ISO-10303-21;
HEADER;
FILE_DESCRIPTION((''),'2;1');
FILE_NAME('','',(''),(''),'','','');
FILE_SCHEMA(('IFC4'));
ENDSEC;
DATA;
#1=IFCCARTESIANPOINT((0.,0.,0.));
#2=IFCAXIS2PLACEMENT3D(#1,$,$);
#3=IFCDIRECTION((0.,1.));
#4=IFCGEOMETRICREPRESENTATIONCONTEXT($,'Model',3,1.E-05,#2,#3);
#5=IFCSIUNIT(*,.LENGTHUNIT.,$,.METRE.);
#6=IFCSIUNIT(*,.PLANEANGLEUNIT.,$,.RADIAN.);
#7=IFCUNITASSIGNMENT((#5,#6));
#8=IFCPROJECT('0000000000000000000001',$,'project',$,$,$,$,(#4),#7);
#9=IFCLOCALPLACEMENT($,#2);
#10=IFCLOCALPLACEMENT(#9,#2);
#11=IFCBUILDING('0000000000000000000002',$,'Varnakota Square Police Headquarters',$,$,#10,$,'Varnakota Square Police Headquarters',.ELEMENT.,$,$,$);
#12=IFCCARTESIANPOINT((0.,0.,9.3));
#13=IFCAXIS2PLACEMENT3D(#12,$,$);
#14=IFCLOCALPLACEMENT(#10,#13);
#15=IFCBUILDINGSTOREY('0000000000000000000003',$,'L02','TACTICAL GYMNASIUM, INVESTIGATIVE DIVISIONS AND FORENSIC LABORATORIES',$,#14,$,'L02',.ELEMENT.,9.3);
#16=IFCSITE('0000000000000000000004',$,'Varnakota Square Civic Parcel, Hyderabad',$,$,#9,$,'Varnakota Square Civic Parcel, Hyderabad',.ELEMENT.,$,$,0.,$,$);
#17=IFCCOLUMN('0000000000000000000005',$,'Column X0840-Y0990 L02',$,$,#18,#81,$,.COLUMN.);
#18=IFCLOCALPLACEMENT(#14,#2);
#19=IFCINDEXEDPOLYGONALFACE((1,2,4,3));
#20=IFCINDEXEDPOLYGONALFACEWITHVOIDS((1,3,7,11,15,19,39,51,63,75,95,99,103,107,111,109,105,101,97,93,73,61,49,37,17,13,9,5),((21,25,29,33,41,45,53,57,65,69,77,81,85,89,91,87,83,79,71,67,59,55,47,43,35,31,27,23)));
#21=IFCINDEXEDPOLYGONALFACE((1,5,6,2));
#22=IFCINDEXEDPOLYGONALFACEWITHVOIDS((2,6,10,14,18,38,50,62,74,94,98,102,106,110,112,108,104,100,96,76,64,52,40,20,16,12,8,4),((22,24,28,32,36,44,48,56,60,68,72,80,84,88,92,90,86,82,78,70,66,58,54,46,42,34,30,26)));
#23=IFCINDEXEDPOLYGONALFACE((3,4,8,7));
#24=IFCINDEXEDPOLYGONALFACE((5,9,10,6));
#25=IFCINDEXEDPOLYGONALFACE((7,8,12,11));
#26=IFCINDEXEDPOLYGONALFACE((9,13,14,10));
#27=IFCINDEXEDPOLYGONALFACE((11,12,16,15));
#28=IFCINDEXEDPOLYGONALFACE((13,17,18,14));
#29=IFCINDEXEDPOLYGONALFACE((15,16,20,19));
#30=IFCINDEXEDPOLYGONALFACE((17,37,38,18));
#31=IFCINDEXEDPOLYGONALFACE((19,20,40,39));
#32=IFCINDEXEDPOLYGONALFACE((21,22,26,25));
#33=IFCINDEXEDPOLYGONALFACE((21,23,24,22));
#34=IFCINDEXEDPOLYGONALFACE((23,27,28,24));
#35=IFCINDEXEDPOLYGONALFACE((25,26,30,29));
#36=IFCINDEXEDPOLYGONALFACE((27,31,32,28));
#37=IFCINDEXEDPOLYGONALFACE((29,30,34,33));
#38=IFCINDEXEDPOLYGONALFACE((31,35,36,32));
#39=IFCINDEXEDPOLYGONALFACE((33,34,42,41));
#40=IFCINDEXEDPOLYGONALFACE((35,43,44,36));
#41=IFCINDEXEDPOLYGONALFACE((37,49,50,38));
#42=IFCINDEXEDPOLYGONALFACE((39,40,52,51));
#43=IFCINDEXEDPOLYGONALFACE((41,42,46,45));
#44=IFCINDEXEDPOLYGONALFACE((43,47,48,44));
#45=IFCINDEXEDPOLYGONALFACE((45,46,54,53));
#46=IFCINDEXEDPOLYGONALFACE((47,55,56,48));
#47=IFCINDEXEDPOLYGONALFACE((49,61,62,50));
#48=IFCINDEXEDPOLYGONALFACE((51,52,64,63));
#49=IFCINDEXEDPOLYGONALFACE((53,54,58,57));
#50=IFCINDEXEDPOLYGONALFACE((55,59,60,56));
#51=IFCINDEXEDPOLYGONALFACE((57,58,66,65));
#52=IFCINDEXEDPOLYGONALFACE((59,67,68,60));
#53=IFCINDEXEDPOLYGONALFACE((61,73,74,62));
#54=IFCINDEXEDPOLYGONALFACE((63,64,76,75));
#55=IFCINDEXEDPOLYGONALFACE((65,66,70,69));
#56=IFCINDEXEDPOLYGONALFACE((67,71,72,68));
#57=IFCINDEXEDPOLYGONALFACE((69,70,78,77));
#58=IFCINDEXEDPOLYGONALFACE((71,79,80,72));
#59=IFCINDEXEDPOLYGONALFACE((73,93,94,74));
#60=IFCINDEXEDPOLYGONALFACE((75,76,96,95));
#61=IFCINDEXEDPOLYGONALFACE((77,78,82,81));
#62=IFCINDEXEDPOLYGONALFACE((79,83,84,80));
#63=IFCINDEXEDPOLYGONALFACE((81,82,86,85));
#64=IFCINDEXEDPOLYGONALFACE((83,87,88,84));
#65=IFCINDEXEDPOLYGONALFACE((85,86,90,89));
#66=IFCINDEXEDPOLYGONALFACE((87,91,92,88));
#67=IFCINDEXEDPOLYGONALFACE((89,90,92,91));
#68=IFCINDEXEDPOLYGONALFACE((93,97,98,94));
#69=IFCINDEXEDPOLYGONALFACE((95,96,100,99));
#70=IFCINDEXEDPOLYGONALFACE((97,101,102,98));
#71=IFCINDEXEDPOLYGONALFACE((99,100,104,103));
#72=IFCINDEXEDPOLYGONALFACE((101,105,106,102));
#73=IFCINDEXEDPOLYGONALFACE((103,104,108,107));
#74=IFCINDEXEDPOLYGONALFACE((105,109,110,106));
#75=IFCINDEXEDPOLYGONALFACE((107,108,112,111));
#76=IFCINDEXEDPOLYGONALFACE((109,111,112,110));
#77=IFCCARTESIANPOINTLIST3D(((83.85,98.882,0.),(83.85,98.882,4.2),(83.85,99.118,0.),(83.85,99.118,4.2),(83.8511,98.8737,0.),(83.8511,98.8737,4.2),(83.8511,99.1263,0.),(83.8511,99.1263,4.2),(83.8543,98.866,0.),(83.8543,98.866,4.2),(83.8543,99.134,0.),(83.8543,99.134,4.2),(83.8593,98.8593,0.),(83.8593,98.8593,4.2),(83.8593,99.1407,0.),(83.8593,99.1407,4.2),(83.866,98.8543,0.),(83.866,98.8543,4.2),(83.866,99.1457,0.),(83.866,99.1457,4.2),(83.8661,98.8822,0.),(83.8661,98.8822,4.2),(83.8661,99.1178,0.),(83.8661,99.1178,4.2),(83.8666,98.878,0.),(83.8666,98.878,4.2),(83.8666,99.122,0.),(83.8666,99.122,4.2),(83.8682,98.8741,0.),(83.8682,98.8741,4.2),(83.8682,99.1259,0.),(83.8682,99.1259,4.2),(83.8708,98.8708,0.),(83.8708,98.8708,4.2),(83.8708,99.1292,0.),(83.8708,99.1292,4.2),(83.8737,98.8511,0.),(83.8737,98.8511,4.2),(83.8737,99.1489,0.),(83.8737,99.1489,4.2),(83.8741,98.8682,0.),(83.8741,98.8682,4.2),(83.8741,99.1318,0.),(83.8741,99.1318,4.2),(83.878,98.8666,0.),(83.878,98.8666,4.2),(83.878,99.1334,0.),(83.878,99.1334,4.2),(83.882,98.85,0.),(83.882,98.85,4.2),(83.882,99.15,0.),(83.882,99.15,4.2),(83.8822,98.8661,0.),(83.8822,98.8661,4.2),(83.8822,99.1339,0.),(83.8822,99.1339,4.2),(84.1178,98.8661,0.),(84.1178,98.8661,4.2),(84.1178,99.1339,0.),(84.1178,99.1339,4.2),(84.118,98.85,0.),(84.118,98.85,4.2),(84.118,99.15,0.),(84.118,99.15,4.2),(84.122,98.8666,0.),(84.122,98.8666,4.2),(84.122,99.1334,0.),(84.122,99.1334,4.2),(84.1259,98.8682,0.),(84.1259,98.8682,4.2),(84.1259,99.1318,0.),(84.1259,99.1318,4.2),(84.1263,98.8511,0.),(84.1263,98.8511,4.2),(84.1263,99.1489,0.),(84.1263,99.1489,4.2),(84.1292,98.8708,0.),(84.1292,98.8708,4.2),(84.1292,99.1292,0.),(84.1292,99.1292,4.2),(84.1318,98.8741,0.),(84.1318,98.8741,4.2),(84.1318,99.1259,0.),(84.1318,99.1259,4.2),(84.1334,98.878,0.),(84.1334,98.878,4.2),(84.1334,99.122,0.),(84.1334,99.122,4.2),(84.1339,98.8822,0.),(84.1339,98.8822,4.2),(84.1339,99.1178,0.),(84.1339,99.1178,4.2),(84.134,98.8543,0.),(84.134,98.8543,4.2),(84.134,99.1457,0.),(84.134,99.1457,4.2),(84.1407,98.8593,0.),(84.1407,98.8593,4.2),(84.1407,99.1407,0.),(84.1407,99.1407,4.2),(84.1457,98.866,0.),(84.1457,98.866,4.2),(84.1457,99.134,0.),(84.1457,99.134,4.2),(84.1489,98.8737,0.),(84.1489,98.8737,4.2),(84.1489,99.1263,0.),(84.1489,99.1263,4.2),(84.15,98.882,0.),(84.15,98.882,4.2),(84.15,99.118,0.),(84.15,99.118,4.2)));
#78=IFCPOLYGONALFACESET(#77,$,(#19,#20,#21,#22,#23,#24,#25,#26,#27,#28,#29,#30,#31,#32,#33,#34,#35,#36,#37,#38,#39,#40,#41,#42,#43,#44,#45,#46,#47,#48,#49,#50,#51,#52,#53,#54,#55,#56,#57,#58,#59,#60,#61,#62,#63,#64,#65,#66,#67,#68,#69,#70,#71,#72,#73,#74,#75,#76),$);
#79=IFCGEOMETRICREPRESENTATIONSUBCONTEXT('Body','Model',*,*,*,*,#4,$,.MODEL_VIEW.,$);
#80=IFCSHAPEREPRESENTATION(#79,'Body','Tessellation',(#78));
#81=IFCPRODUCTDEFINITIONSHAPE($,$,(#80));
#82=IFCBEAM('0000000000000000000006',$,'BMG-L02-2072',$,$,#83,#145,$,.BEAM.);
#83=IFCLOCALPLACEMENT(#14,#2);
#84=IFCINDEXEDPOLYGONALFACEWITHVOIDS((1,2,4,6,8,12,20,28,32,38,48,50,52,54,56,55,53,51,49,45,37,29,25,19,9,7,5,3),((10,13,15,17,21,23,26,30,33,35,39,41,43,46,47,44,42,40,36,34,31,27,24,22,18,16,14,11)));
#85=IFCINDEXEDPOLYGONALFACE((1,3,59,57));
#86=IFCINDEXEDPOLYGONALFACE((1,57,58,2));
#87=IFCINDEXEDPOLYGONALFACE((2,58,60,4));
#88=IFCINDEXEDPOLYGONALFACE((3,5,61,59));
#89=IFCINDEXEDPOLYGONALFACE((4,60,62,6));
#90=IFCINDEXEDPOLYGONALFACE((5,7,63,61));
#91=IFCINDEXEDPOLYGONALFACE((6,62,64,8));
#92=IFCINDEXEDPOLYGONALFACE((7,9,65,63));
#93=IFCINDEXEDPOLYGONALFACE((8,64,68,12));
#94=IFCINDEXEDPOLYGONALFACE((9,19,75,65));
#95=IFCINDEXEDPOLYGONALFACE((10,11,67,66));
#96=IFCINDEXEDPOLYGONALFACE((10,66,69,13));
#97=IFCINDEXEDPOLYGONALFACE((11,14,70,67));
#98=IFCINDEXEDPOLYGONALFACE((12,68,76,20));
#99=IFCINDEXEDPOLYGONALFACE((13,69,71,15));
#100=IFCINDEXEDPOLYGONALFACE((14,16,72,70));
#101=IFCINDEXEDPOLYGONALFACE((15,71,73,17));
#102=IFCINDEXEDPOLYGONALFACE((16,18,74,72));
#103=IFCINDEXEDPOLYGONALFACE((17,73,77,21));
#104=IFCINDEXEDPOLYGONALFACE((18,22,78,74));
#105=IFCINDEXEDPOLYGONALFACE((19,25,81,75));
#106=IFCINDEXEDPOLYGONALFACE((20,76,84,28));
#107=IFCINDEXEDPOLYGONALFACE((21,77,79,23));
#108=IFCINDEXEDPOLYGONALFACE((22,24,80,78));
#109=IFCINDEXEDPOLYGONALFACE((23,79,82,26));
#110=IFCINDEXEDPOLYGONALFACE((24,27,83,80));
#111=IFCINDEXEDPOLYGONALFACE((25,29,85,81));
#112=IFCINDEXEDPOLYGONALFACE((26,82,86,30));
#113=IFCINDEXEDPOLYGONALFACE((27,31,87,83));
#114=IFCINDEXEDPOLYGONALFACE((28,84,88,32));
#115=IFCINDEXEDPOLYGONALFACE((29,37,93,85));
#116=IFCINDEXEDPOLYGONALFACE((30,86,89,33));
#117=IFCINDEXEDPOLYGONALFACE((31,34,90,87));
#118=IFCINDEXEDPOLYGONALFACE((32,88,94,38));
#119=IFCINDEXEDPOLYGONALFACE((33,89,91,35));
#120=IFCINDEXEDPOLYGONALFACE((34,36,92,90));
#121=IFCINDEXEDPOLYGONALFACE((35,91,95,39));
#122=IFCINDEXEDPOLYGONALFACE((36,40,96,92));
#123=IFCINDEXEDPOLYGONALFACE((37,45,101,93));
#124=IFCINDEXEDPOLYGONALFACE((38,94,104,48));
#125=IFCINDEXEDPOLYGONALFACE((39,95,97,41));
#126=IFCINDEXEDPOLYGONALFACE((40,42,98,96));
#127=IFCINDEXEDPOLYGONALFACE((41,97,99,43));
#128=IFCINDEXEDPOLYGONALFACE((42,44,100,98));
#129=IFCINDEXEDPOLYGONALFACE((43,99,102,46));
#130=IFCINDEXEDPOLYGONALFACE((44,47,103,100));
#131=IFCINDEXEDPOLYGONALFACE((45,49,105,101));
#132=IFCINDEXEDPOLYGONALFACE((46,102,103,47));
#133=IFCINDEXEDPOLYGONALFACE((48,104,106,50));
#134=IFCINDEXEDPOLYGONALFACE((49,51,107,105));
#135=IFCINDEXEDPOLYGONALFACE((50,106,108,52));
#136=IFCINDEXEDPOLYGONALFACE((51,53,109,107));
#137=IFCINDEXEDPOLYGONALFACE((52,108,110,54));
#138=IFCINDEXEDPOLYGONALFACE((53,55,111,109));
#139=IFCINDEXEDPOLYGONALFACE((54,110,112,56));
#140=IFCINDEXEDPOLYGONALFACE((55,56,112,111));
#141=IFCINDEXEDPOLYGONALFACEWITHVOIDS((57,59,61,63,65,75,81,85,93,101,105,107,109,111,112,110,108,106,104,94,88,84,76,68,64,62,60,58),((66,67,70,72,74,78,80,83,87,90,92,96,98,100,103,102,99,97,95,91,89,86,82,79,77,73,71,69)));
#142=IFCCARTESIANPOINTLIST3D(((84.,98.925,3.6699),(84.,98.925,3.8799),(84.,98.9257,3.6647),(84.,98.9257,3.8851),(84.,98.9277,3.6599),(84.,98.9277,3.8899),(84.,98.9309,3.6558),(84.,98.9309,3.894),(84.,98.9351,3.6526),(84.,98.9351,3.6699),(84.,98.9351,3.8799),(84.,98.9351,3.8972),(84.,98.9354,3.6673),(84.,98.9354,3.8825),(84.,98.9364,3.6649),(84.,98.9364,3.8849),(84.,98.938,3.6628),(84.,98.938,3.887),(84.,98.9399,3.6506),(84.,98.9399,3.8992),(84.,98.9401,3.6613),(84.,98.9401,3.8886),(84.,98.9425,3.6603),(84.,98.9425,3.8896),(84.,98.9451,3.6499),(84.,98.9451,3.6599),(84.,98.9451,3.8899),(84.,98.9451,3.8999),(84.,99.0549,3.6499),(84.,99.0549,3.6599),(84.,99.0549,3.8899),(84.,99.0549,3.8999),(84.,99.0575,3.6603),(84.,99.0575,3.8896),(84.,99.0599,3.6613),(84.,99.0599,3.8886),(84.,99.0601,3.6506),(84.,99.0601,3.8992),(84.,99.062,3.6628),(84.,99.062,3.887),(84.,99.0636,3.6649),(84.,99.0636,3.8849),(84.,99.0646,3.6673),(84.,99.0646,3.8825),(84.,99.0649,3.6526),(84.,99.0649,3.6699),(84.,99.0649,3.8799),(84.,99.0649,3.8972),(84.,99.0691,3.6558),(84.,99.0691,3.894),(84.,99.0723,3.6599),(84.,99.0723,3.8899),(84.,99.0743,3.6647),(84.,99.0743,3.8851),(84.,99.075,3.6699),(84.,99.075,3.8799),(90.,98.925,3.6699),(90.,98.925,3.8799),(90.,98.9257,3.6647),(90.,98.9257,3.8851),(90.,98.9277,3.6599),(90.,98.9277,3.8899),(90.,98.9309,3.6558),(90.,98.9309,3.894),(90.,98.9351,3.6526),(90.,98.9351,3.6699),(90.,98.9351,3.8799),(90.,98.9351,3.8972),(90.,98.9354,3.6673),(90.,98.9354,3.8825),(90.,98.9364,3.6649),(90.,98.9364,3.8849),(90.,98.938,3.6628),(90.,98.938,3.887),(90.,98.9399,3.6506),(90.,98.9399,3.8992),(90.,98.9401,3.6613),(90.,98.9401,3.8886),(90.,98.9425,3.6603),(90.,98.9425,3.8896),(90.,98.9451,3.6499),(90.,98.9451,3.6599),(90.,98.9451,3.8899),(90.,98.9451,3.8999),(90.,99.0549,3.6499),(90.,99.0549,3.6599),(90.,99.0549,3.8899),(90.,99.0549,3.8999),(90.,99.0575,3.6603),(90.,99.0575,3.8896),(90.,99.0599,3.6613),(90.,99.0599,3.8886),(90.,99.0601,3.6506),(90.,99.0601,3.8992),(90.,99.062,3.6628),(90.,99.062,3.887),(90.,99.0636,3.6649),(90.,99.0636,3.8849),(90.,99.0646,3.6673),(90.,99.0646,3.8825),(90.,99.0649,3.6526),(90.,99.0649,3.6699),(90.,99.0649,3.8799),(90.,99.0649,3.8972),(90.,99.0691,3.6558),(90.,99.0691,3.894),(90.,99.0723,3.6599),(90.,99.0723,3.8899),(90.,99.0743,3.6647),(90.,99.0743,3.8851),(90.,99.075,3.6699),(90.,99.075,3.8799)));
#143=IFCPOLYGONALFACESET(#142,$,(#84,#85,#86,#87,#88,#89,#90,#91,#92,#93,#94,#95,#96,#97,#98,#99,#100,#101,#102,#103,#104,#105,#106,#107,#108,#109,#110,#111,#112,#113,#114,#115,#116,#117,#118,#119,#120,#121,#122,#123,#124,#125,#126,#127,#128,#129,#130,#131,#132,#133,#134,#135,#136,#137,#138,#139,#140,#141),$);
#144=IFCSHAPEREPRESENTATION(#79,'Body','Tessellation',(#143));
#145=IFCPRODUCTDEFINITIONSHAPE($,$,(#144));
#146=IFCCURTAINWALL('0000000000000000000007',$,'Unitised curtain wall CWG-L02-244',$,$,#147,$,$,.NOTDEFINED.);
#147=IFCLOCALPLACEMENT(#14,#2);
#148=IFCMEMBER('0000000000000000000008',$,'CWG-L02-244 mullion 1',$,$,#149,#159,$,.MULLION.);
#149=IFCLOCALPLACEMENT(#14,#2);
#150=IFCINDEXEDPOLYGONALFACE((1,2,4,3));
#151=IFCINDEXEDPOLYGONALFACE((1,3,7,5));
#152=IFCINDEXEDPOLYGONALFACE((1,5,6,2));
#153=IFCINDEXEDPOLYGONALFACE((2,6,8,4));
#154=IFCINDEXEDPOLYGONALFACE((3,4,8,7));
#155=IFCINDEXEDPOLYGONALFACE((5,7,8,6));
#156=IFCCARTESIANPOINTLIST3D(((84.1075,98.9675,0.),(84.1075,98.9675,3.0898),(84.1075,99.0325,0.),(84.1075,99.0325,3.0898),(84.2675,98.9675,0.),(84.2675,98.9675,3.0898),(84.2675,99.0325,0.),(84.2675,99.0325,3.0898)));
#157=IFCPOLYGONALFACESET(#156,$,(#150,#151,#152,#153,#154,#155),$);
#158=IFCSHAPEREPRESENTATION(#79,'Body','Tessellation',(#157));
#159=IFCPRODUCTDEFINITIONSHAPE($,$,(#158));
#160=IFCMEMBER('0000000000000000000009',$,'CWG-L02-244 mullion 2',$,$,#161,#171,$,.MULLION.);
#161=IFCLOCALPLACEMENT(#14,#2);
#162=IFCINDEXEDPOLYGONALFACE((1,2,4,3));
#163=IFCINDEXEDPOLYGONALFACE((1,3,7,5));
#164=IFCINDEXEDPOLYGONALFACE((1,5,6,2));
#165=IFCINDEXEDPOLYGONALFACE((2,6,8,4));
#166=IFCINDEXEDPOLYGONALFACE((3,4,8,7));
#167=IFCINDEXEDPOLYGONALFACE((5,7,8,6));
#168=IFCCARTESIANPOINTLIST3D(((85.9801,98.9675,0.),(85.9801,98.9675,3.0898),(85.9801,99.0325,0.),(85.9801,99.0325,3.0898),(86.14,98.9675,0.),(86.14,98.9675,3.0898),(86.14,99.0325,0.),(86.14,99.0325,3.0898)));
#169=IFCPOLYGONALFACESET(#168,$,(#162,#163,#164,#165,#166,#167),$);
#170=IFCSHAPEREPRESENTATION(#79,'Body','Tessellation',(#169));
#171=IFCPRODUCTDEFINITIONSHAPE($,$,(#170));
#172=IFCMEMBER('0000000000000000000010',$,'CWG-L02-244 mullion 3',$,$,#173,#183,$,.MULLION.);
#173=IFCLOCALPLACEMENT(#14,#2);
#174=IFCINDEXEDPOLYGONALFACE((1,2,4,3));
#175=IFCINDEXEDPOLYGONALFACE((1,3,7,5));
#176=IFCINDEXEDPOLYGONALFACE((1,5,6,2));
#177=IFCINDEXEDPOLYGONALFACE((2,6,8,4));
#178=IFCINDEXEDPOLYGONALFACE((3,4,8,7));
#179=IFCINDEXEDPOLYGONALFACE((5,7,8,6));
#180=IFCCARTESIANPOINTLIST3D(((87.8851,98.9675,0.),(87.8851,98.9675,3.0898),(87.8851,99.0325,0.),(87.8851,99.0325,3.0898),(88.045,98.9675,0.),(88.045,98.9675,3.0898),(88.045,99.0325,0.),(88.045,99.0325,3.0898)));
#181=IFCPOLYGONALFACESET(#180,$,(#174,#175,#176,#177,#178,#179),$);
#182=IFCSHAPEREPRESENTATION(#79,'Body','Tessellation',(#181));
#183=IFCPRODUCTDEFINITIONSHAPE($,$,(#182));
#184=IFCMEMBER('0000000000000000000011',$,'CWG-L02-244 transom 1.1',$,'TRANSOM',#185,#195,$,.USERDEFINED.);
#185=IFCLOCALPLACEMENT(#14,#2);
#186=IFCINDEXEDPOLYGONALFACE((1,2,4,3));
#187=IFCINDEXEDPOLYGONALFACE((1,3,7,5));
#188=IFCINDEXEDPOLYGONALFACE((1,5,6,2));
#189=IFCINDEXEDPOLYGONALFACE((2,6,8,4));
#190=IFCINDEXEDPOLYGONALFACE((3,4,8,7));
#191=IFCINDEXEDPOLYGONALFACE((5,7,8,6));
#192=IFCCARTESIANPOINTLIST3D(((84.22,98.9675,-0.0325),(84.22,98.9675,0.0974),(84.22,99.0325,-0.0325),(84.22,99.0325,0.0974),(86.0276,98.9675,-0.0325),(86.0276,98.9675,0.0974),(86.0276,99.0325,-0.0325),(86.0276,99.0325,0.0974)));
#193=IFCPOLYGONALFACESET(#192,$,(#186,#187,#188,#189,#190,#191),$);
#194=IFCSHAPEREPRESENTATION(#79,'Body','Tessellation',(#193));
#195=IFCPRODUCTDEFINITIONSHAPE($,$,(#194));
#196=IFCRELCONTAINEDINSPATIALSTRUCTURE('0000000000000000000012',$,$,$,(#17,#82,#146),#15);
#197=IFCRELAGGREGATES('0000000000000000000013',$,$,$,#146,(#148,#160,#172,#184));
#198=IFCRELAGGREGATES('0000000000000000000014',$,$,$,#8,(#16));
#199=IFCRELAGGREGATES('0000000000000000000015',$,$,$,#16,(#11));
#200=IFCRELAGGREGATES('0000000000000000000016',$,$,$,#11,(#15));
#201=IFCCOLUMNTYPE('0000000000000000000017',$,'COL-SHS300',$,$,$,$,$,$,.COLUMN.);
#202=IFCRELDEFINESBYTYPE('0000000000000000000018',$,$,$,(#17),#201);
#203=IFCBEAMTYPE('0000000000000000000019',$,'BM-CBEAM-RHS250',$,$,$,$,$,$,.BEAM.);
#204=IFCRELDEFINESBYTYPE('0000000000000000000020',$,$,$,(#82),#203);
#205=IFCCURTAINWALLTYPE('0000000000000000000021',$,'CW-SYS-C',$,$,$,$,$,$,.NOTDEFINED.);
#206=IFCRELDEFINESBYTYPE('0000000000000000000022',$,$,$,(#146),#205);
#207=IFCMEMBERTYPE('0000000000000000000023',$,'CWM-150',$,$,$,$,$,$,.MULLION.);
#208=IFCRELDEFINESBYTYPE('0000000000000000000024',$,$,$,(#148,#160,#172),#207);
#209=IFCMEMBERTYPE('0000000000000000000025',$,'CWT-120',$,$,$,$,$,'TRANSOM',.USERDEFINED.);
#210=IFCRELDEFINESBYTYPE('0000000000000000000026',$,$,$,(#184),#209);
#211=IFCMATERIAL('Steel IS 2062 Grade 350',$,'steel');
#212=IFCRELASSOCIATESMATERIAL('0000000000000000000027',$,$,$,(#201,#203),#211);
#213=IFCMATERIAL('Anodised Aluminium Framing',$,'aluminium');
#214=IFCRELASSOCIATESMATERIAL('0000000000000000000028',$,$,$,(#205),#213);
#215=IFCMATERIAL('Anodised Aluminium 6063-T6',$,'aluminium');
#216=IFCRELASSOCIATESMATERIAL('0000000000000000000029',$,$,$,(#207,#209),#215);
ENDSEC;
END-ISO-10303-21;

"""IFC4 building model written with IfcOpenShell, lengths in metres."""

from ifc_helpers import new_model, si_unit, direction, frame, origin, origin_2d, place, context, subcontext, project, spatial, rectangle, hollow_rectangle, extrude, material, material_profile, profile_set, type_object, element, aggregate, save


model = new_model("IFC4")

# Units and contexts
model_context = context("Model", 3, precision=1e-05, world=origin(), true_north=direction((0.0, 1.0)))
body_context = subcontext(model_context, "Body", "Model", "MODEL_VIEW")
ifc_project = project(units=[si_unit("LENGTHUNIT", "METRE"), si_unit("PLANEANGLEUNIT", "RADIAN")], contexts=[model_context])

# Site, building, storey
site_placement = place(None, origin())
site = spatial("IfcSite", under=ifc_project, at=site_placement, Name="Varnakota Square Civic Parcel, Hyderabad", LongName="Varnakota Square Civic Parcel, Hyderabad", CompositionType="ELEMENT", RefElevation=0.0)
building_placement = place(site_placement, origin())
building = spatial("IfcBuilding", under=site, at=building_placement, Name="Varnakota Square Police Headquarters", LongName="Varnakota Square Police Headquarters", CompositionType="ELEMENT")
storey_placement = place(building_placement, frame((0.0, 0.0, 9.3)))
storey = spatial("IfcBuildingStorey", under=building, at=storey_placement, Name="L02", Description="TACTICAL GYMNASIUM, INVESTIGATIVE DIVISIONS AND FORENSIC LABORATORIES", LongName="L02", CompositionType="ELEMENT", Elevation=9.3)

# Column
ifc_material_1 = material(Name="Steel IS 2062 Grade 350", Category="steel")
ifc_material_profile_1 = material_profile(ifc_material_1, hollow_rectangle(XDim=0.3, YDim=0.3, WallThickness=0.0161, InnerFilletRadius=0.0161, OuterFilletRadius=0.032, at=origin_2d()), Name="SHS 300x300x16")
ifc_profile_set_1 = profile_set([ifc_material_profile_1], Name="Steel IS 2062 Grade 350")
column_type = type_object("IfcColumnType", Name="COL-SHS300", PredefinedType="COLUMN", material=ifc_profile_set_1)
column_placement = place(storey_placement, frame((84.0, 99.0, 0.0), z_axis=(0.0, 0.0, 1.0), x_axis=(1.0, 0.0, 0.0)))
element("IfcColumn", 1, at=column_placement, inside=storey, type_object=column_type, Name="Column X0840-Y0990 L02", PredefinedType="COLUMN", context=body_context, shape_type="SweptSolid", body=[
    extrude(hollow_rectangle(XDim=0.3, YDim=0.3, WallThickness=0.0161, InnerFilletRadius=0.0161, OuterFilletRadius=0.032, at=origin_2d()), origin(), (0.0, 0.0, 1.0), 4.2),
])

# Beam
ifc_material_profile_2 = material_profile(ifc_material_1, hollow_rectangle(XDim=0.1499, YDim=0.25, WallThickness=0.01, InnerFilletRadius=0.01, OuterFilletRadius=0.02, at=origin_2d()), Name="RHS 250x150x10")
ifc_profile_set_2 = profile_set([ifc_material_profile_2], Name="Steel IS 2062 Grade 350")
beam_type = type_object("IfcBeamType", Name="BM-CBEAM-RHS250", PredefinedType="BEAM", material=ifc_profile_set_2)
beam_placement = place(storey_placement, frame((84.0, 99.0, 3.7749), z_axis=(1.0, 0.0, 0.0), x_axis=(0.0, 1.0, 0.0)))
element("IfcBeam", 2, at=beam_placement, inside=storey, type_object=beam_type, Name="BMG-L02-2072", PredefinedType="BEAM", context=body_context, shape_type="SweptSolid", body=[
    extrude(hollow_rectangle(XDim=0.1499, YDim=0.25, WallThickness=0.01, InnerFilletRadius=0.01, OuterFilletRadius=0.02, at=origin_2d()), origin(), (0.0, 0.0, 1.0), 6.0),
])

# Curtain wall, members
ifc_material_2 = material(Name="Anodised Aluminium Framing", Category="aluminium")
curtain_wall_type = type_object("IfcCurtainWallType", Name="CW-SYS-C", PredefinedType="NOTDEFINED", material=ifc_material_2)
curtain_wall_placement = place(storey_placement, origin())
curtain_wall = element("IfcCurtainWall", 3, at=curtain_wall_placement, inside=storey, type_object=curtain_wall_type, Name="Unitised curtain wall CWG-L02-244", PredefinedType="NOTDEFINED")
ifc_material_3 = material(Name="Anodised Aluminium 6063-T6", Category="aluminium")
ifc_material_profile_3 = material_profile(ifc_material_3, rectangle(XDim=0.0649, YDim=0.1599, at=origin_2d()), Name="ALU MULLION 65x160")
ifc_profile_set_3 = profile_set([ifc_material_profile_3], Name="Anodised Aluminium 6063-T6")
member_type_1 = type_object("IfcMemberType", Name="CWM-150", PredefinedType="MULLION", material=ifc_profile_set_3)
member_1_placement = place(storey_placement, frame((84.1875, 99.0, 0.0), z_axis=(0.0, 0.0, 1.0), x_axis=(0.0, 1.0, 0.0)))
member_1 = element("IfcMember", 4, at=member_1_placement, type_object=member_type_1, Name="CWG-L02-244 mullion 1", PredefinedType="MULLION", context=body_context, shape_type="SweptSolid", body=[
    extrude(rectangle(XDim=0.0649, YDim=0.1599, at=origin_2d()), origin(), (0.0, 0.0, 1.0), 3.0898),
])
member_2_placement = place(storey_placement, frame((86.0601, 99.0, 0.0), z_axis=(0.0, 0.0, 1.0), x_axis=(0.0, 1.0, 0.0)))
member_2 = element("IfcMember", 5, at=member_2_placement, type_object=member_type_1, Name="CWG-L02-244 mullion 2", PredefinedType="MULLION", context=body_context, shape_type="SweptSolid", body=[
    extrude(rectangle(XDim=0.0649, YDim=0.1599, at=origin_2d()), origin(), (0.0, 0.0, 1.0), 3.0898),
])
member_3_placement = place(storey_placement, frame((87.9651, 99.0, 0.0), z_axis=(0.0, 0.0, 1.0), x_axis=(0.0, 1.0, 0.0)))
member_3 = element("IfcMember", 6, at=member_3_placement, type_object=member_type_1, Name="CWG-L02-244 mullion 3", PredefinedType="MULLION", context=body_context, shape_type="SweptSolid", body=[
    extrude(rectangle(XDim=0.0649, YDim=0.1599, at=origin_2d()), origin(), (0.0, 0.0, 1.0), 3.0898),
])
ifc_material_profile_4 = material_profile(ifc_material_3, rectangle(XDim=0.0649, YDim=0.1299, at=origin_2d()), Name="ALU TRANSOM 65x130")
ifc_profile_set_4 = profile_set([ifc_material_profile_4], Name="Anodised Aluminium 6063-T6")
member_type_2 = type_object("IfcMemberType", Name="CWT-120", ElementType="TRANSOM", PredefinedType="USERDEFINED", material=ifc_profile_set_4)
member_4_placement = place(storey_placement, frame((84.22, 99.0, 0.0325), z_axis=(1.0, 0.0, 0.0), x_axis=(0.0, 1.0, 0.0)))
member_4 = element("IfcMember", 7, at=member_4_placement, type_object=member_type_2, Name="CWG-L02-244 transom 1.1", ObjectType="TRANSOM", PredefinedType="USERDEFINED", context=body_context, shape_type="SweptSolid", body=[
    extrude(rectangle(XDim=0.0649, YDim=0.1299, at=origin_2d()), origin(), (0.0, 0.0, 1.0), 1.8076),
])
aggregate(curtain_wall, [member_1, member_2, member_3, member_4])

save(model, "model.ifc")
